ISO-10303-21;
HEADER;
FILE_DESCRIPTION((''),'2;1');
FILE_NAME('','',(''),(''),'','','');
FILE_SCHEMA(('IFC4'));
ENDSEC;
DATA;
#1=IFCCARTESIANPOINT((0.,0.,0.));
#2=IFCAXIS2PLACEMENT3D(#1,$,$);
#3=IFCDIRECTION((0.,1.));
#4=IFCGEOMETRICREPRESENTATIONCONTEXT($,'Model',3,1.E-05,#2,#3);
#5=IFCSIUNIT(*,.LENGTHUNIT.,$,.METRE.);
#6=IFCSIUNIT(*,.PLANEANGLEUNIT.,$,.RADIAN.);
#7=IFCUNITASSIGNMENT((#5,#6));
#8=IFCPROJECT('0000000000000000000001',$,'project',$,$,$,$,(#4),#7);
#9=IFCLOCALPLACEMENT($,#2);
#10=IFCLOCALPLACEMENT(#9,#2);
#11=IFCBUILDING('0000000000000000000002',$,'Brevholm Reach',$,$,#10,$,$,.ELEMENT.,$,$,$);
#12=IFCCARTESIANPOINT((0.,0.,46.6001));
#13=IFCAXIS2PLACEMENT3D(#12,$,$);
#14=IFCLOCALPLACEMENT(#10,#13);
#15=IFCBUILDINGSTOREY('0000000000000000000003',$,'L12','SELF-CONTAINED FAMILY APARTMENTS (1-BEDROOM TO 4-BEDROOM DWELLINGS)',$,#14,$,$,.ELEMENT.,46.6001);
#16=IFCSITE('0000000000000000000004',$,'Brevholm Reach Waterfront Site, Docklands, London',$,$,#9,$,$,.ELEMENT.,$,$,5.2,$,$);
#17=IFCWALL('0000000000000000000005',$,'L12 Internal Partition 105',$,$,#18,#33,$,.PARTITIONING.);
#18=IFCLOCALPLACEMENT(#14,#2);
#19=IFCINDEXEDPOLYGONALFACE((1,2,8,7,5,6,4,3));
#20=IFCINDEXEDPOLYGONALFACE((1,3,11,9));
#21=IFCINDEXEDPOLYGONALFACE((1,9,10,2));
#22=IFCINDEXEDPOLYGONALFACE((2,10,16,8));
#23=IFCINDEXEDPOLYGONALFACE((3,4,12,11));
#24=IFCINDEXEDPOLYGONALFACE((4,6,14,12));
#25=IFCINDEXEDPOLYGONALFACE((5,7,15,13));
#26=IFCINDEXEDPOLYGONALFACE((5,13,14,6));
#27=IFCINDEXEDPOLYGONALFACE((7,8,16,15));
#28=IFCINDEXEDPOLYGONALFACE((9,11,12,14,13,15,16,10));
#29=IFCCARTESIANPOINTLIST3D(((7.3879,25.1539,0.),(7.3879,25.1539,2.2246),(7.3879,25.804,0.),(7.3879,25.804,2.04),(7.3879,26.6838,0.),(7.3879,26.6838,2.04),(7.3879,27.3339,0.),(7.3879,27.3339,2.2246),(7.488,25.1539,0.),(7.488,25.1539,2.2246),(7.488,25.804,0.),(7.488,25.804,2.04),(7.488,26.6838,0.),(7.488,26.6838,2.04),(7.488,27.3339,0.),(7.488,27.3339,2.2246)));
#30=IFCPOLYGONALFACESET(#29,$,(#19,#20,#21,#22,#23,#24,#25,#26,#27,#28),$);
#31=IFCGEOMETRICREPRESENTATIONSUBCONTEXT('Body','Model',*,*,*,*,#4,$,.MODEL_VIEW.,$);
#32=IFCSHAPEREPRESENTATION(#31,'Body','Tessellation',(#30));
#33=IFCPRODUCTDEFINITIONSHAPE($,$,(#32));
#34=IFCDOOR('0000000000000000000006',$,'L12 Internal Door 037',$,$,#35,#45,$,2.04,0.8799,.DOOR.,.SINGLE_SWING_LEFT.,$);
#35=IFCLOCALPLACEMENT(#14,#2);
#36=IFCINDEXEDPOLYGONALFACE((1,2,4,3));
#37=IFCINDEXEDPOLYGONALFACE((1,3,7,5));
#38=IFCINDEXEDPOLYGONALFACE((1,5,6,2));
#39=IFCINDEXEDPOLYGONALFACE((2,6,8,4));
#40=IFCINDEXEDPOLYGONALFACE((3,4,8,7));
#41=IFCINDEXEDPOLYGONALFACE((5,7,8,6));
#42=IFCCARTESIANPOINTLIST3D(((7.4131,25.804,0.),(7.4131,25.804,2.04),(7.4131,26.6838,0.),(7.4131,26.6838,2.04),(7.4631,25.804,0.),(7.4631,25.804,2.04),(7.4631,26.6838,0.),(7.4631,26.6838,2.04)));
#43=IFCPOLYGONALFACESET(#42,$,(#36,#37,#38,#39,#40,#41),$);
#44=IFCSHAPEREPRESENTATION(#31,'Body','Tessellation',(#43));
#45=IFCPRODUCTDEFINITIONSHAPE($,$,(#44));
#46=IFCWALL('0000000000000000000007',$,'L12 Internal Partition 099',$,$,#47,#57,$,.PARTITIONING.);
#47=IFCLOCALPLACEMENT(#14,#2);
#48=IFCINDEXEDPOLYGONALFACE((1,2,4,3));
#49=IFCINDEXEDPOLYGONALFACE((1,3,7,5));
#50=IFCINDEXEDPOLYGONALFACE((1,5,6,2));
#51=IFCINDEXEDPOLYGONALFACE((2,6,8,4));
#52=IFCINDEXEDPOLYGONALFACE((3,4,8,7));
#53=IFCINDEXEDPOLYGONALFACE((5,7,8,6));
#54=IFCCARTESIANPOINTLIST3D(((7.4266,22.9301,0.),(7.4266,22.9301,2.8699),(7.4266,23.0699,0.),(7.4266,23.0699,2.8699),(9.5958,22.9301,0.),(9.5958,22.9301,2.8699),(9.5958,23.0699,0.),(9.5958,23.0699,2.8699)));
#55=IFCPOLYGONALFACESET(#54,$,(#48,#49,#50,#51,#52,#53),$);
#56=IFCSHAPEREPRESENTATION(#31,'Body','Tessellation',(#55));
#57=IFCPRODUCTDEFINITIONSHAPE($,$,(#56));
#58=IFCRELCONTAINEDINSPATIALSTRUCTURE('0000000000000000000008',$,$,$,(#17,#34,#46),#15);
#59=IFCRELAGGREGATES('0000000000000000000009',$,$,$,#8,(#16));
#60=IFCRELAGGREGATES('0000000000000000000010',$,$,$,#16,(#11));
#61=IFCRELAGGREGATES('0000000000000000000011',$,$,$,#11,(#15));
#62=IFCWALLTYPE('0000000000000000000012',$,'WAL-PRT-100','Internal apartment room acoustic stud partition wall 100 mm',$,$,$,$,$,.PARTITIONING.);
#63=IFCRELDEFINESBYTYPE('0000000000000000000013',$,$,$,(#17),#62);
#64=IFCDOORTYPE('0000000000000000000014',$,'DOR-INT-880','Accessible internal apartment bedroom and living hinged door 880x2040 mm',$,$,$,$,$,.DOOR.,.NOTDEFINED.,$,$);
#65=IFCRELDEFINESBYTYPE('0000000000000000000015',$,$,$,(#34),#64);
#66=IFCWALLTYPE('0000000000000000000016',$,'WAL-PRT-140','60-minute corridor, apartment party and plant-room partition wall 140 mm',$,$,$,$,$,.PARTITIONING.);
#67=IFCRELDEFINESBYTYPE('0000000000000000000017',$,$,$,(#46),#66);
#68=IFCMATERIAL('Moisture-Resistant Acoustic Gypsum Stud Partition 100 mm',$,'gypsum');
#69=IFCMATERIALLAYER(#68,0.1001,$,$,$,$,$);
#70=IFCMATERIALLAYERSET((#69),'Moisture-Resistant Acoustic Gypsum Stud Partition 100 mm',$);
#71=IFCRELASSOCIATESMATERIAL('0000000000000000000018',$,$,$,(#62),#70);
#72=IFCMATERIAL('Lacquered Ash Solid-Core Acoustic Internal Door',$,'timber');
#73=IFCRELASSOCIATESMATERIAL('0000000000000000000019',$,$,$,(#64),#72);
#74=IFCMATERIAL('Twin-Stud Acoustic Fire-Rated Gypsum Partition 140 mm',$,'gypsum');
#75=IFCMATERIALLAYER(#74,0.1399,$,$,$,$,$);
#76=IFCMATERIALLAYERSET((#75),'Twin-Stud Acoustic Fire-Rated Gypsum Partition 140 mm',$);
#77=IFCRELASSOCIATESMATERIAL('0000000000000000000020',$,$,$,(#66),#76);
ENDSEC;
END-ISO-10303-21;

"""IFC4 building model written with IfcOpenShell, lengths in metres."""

from ifc_helpers import new_model, si_unit, direction, frame, frame_2d, origin, place, context, subcontext, project, spatial, rectangle, extrude, material, layer, layer_set, type_object, element, fill, save


model = new_model("IFC4")

# Units and contexts
model_context = context("Model", 3, precision=1e-05, world=origin(), true_north=direction((0.0, 1.0)))
body_context = subcontext(model_context, "Body", "Model", "MODEL_VIEW")
ifc_project = project(units=[si_unit("LENGTHUNIT", "METRE"), si_unit("PLANEANGLEUNIT", "RADIAN")], contexts=[model_context])

# Site, building, storey
site_placement = place(None, origin())
site = spatial("IfcSite", under=ifc_project, at=site_placement, Name="Brevholm Reach Waterfront Site, Docklands, London", CompositionType="ELEMENT", RefElevation=5.2)
building_placement = place(site_placement, origin())
building = spatial("IfcBuilding", under=site, at=building_placement, Name="Brevholm Reach", CompositionType="ELEMENT")
storey_placement = place(building_placement, frame((0.0, 0.0, 46.6001)))
storey = spatial("IfcBuildingStorey", under=building, at=storey_placement, Name="L12", Description="SELF-CONTAINED FAMILY APARTMENTS (1-BEDROOM TO 4-BEDROOM DWELLINGS)", CompositionType="ELEMENT", Elevation=46.6001)

# Shared definitions
ifc_material_1 = material(Name="Moisture-Resistant Acoustic Gypsum Stud Partition 100 mm", Category="gypsum")
ifc_layer_1 = layer(ifc_material_1, 0.1001)
ifc_layer_set_1 = layer_set([ifc_layer_1], Name="Moisture-Resistant Acoustic Gypsum Stud Partition 100 mm")
wall_type_1 = type_object("IfcWallType", Name="WAL-PRT-100", Description="Internal apartment room acoustic stud partition wall 100 mm", PredefinedType="PARTITIONING", material=ifc_layer_set_1)

# Wall, opening, door
wall_1_placement = place(storey_placement, frame((7.438, 25.1541, 0.0), z_axis=(0.0, 0.0, 1.0), x_axis=(0.0, 1.0, 0.0)))
wall_1 = element("IfcWall", 1, at=wall_1_placement, inside=storey, type_object=wall_type_1, Name="L12 Internal Partition 105", PredefinedType="PARTITIONING", context=body_context, shape_type="SweptSolid", body=[
    extrude(rectangle(XDim=2.1799, YDim=0.1001, at=frame_2d((1.0898, 0.0))), origin(), (0.0, 0.0, 1.0), 2.2246),
])
opening_1_placement = place(wall_1_placement, frame((0.6499, 0.0, 0.0)))
opening_1 = element("IfcOpeningElement", 2, at=opening_1_placement, cuts=wall_1, PredefinedType="OPENING", context=body_context, shape_type="SweptSolid", body=[
    extrude(rectangle(XDim=0.8799, YDim=2.04, at=frame_2d((0.4399, 1.02))), frame((0.0, 0.0601, 0.0), z_axis=(0.0, -1.0, 0.0), x_axis=(1.0, 0.0, 0.0)), (0.0, 0.0, 1.0), 0.1201),
])
ifc_material_2 = material(Name="Lacquered Ash Solid-Core Acoustic Internal Door", Category="timber")
door_type_1 = type_object("IfcDoorType", Name="DOR-INT-880", Description="Accessible internal apartment bedroom and living hinged door 880x2040 mm", OperationType="NOTDEFINED", PredefinedType="DOOR", material=ifc_material_2)
door_1_placement = place(opening_1_placement, origin())
door_1 = element("IfcDoor", 3, at=door_1_placement, inside=storey, type_object=door_type_1, Name="L12 Internal Door 037", OperationType="SINGLE_SWING_LEFT", OverallHeight=2.04, OverallWidth=0.8799, PredefinedType="DOOR", context=body_context, shape_type="SweptSolid", body=[
    extrude(rectangle(XDim=0.8799, YDim=2.04, at=frame_2d((0.4399, 1.02))), frame((0.0, 0.0249, 0.0), z_axis=(0.0, -1.0, 0.0), x_axis=(1.0, 0.0, 0.0)), (0.0, 0.0, 1.0), 0.05),
])
fill(opening_1, door_1)

# Wall
ifc_material_3 = material(Name="Twin-Stud Acoustic Fire-Rated Gypsum Partition 140 mm", Category="gypsum")
ifc_layer_2 = layer(ifc_material_3, 0.1399)
ifc_layer_set_2 = layer_set([ifc_layer_2], Name="Twin-Stud Acoustic Fire-Rated Gypsum Partition 140 mm")
wall_type_2 = type_object("IfcWallType", Name="WAL-PRT-140", Description="60-minute corridor, apartment party and plant-room partition wall 140 mm", PredefinedType="PARTITIONING", material=ifc_layer_set_2)
wall_2_placement = place(storey_placement, frame((7.4268, 23.0, 0.0), z_axis=(0.0, 0.0, 1.0), x_axis=(1.0, 0.0, 0.0)))
element("IfcWall", 4, at=wall_2_placement, inside=storey, type_object=wall_type_2, Name="L12 Internal Partition 099", PredefinedType="PARTITIONING", context=body_context, shape_type="SweptSolid", body=[
    extrude(rectangle(XDim=2.1692, YDim=0.1399, at=frame_2d((1.0845, 0.0))), origin(), (0.0, 0.0, 1.0), 2.8699),
])

save(model, "model.ifc")
